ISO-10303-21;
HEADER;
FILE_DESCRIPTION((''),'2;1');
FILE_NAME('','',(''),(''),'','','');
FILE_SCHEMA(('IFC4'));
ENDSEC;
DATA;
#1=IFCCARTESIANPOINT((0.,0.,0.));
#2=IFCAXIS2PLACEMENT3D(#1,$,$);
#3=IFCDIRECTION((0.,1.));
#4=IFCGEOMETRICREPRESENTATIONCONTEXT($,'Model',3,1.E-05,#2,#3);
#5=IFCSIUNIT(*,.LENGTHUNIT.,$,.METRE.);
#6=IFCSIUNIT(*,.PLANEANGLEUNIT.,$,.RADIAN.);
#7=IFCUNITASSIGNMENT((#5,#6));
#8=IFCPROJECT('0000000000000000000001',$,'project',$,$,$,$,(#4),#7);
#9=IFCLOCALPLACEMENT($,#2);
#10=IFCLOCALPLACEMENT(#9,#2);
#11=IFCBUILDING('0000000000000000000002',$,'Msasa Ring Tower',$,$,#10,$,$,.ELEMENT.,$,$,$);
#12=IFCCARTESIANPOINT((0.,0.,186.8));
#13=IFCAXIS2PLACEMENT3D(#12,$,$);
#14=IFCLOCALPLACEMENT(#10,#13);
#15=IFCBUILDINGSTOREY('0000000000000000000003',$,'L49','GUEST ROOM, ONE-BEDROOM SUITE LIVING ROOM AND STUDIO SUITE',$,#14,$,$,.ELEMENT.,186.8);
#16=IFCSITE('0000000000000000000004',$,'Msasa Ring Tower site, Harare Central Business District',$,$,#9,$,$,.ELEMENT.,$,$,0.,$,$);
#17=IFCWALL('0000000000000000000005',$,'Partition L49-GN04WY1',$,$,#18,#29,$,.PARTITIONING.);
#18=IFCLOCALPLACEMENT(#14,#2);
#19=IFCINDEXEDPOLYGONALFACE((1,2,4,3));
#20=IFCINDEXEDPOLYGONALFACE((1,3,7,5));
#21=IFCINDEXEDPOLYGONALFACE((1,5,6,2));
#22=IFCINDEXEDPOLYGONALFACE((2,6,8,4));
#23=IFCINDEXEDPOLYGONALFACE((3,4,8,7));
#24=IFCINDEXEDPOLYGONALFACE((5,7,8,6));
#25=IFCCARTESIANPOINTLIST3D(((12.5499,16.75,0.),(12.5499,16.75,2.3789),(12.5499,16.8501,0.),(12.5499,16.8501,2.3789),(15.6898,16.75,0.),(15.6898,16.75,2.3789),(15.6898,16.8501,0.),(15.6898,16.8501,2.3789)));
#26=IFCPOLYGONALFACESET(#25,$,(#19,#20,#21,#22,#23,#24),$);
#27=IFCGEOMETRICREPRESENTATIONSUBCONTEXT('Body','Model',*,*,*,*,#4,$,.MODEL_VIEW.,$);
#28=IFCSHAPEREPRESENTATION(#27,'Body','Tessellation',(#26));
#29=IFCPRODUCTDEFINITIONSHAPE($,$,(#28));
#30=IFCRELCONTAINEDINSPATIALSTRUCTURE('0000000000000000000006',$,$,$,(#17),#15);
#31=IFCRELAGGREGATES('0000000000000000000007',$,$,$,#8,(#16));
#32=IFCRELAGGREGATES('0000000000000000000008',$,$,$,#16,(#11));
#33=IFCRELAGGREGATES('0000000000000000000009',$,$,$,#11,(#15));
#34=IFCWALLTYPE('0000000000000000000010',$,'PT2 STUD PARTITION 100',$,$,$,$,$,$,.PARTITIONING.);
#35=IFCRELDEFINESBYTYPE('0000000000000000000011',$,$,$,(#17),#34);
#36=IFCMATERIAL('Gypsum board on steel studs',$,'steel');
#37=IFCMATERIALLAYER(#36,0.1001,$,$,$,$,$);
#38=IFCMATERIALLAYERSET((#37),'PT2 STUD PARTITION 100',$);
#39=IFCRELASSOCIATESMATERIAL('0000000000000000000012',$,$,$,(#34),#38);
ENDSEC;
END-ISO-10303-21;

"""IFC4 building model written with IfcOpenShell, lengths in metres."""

from ifc_helpers import new_model, si_unit, direction, frame, frame_2d, origin, place, context, subcontext, project, spatial, rectangle, extrude, material, layer, layer_set, type_object, element, save


model = new_model("IFC4")

# Units and contexts
model_context = context("Model", 3, precision=1e-05, world=origin(), true_north=direction((0.0, 1.0)))
body_context = subcontext(model_context, "Body", "Model", "MODEL_VIEW")
ifc_project = project(units=[si_unit("LENGTHUNIT", "METRE"), si_unit("PLANEANGLEUNIT", "RADIAN")], contexts=[model_context])

# Site, building, storey
site_placement = place(None, origin())
site = spatial("IfcSite", under=ifc_project, at=site_placement, Name="Msasa Ring Tower site, Harare Central Business District", CompositionType="ELEMENT", RefElevation=0.0)
building_placement = place(site_placement, origin())
building = spatial("IfcBuilding", under=site, at=building_placement, Name="Msasa Ring Tower", CompositionType="ELEMENT")
storey_placement = place(building_placement, frame((0.0, 0.0, 186.8)))
storey = spatial("IfcBuildingStorey", under=building, at=storey_placement, Name="L49", Description="GUEST ROOM, ONE-BEDROOM SUITE LIVING ROOM AND STUDIO SUITE", CompositionType="ELEMENT", Elevation=186.8)

# Wall
ifc_material_1 = material(Name="Gypsum board on steel studs", Category="steel")
ifc_layer_1 = layer(ifc_material_1, 0.1001)
ifc_layer_set_1 = layer_set([ifc_layer_1], Name="PT2 STUD PARTITION 100")
wall_type_1 = type_object("IfcWallType", Name="PT2 STUD PARTITION 100", PredefinedType="PARTITIONING", material=ifc_layer_set_1)
wall_1_placement = place(storey_placement, frame((12.55, 16.8, 0.0), z_axis=(0.0, 0.0, 1.0), x_axis=(1.0, 0.0, 0.0)))
element("IfcWall", 1, at=wall_1_placement, inside=storey, type_object=wall_type_1, Name="Partition L49-GN04WY1", PredefinedType="PARTITIONING", context=body_context, shape_type="SweptSolid", body=[
    extrude(rectangle(XDim=3.1399, YDim=0.1001, at=frame_2d((1.5698, 0.0))), origin(), (0.0, 0.0, 1.0), 2.3789),
])

save(model, "model.ifc")
